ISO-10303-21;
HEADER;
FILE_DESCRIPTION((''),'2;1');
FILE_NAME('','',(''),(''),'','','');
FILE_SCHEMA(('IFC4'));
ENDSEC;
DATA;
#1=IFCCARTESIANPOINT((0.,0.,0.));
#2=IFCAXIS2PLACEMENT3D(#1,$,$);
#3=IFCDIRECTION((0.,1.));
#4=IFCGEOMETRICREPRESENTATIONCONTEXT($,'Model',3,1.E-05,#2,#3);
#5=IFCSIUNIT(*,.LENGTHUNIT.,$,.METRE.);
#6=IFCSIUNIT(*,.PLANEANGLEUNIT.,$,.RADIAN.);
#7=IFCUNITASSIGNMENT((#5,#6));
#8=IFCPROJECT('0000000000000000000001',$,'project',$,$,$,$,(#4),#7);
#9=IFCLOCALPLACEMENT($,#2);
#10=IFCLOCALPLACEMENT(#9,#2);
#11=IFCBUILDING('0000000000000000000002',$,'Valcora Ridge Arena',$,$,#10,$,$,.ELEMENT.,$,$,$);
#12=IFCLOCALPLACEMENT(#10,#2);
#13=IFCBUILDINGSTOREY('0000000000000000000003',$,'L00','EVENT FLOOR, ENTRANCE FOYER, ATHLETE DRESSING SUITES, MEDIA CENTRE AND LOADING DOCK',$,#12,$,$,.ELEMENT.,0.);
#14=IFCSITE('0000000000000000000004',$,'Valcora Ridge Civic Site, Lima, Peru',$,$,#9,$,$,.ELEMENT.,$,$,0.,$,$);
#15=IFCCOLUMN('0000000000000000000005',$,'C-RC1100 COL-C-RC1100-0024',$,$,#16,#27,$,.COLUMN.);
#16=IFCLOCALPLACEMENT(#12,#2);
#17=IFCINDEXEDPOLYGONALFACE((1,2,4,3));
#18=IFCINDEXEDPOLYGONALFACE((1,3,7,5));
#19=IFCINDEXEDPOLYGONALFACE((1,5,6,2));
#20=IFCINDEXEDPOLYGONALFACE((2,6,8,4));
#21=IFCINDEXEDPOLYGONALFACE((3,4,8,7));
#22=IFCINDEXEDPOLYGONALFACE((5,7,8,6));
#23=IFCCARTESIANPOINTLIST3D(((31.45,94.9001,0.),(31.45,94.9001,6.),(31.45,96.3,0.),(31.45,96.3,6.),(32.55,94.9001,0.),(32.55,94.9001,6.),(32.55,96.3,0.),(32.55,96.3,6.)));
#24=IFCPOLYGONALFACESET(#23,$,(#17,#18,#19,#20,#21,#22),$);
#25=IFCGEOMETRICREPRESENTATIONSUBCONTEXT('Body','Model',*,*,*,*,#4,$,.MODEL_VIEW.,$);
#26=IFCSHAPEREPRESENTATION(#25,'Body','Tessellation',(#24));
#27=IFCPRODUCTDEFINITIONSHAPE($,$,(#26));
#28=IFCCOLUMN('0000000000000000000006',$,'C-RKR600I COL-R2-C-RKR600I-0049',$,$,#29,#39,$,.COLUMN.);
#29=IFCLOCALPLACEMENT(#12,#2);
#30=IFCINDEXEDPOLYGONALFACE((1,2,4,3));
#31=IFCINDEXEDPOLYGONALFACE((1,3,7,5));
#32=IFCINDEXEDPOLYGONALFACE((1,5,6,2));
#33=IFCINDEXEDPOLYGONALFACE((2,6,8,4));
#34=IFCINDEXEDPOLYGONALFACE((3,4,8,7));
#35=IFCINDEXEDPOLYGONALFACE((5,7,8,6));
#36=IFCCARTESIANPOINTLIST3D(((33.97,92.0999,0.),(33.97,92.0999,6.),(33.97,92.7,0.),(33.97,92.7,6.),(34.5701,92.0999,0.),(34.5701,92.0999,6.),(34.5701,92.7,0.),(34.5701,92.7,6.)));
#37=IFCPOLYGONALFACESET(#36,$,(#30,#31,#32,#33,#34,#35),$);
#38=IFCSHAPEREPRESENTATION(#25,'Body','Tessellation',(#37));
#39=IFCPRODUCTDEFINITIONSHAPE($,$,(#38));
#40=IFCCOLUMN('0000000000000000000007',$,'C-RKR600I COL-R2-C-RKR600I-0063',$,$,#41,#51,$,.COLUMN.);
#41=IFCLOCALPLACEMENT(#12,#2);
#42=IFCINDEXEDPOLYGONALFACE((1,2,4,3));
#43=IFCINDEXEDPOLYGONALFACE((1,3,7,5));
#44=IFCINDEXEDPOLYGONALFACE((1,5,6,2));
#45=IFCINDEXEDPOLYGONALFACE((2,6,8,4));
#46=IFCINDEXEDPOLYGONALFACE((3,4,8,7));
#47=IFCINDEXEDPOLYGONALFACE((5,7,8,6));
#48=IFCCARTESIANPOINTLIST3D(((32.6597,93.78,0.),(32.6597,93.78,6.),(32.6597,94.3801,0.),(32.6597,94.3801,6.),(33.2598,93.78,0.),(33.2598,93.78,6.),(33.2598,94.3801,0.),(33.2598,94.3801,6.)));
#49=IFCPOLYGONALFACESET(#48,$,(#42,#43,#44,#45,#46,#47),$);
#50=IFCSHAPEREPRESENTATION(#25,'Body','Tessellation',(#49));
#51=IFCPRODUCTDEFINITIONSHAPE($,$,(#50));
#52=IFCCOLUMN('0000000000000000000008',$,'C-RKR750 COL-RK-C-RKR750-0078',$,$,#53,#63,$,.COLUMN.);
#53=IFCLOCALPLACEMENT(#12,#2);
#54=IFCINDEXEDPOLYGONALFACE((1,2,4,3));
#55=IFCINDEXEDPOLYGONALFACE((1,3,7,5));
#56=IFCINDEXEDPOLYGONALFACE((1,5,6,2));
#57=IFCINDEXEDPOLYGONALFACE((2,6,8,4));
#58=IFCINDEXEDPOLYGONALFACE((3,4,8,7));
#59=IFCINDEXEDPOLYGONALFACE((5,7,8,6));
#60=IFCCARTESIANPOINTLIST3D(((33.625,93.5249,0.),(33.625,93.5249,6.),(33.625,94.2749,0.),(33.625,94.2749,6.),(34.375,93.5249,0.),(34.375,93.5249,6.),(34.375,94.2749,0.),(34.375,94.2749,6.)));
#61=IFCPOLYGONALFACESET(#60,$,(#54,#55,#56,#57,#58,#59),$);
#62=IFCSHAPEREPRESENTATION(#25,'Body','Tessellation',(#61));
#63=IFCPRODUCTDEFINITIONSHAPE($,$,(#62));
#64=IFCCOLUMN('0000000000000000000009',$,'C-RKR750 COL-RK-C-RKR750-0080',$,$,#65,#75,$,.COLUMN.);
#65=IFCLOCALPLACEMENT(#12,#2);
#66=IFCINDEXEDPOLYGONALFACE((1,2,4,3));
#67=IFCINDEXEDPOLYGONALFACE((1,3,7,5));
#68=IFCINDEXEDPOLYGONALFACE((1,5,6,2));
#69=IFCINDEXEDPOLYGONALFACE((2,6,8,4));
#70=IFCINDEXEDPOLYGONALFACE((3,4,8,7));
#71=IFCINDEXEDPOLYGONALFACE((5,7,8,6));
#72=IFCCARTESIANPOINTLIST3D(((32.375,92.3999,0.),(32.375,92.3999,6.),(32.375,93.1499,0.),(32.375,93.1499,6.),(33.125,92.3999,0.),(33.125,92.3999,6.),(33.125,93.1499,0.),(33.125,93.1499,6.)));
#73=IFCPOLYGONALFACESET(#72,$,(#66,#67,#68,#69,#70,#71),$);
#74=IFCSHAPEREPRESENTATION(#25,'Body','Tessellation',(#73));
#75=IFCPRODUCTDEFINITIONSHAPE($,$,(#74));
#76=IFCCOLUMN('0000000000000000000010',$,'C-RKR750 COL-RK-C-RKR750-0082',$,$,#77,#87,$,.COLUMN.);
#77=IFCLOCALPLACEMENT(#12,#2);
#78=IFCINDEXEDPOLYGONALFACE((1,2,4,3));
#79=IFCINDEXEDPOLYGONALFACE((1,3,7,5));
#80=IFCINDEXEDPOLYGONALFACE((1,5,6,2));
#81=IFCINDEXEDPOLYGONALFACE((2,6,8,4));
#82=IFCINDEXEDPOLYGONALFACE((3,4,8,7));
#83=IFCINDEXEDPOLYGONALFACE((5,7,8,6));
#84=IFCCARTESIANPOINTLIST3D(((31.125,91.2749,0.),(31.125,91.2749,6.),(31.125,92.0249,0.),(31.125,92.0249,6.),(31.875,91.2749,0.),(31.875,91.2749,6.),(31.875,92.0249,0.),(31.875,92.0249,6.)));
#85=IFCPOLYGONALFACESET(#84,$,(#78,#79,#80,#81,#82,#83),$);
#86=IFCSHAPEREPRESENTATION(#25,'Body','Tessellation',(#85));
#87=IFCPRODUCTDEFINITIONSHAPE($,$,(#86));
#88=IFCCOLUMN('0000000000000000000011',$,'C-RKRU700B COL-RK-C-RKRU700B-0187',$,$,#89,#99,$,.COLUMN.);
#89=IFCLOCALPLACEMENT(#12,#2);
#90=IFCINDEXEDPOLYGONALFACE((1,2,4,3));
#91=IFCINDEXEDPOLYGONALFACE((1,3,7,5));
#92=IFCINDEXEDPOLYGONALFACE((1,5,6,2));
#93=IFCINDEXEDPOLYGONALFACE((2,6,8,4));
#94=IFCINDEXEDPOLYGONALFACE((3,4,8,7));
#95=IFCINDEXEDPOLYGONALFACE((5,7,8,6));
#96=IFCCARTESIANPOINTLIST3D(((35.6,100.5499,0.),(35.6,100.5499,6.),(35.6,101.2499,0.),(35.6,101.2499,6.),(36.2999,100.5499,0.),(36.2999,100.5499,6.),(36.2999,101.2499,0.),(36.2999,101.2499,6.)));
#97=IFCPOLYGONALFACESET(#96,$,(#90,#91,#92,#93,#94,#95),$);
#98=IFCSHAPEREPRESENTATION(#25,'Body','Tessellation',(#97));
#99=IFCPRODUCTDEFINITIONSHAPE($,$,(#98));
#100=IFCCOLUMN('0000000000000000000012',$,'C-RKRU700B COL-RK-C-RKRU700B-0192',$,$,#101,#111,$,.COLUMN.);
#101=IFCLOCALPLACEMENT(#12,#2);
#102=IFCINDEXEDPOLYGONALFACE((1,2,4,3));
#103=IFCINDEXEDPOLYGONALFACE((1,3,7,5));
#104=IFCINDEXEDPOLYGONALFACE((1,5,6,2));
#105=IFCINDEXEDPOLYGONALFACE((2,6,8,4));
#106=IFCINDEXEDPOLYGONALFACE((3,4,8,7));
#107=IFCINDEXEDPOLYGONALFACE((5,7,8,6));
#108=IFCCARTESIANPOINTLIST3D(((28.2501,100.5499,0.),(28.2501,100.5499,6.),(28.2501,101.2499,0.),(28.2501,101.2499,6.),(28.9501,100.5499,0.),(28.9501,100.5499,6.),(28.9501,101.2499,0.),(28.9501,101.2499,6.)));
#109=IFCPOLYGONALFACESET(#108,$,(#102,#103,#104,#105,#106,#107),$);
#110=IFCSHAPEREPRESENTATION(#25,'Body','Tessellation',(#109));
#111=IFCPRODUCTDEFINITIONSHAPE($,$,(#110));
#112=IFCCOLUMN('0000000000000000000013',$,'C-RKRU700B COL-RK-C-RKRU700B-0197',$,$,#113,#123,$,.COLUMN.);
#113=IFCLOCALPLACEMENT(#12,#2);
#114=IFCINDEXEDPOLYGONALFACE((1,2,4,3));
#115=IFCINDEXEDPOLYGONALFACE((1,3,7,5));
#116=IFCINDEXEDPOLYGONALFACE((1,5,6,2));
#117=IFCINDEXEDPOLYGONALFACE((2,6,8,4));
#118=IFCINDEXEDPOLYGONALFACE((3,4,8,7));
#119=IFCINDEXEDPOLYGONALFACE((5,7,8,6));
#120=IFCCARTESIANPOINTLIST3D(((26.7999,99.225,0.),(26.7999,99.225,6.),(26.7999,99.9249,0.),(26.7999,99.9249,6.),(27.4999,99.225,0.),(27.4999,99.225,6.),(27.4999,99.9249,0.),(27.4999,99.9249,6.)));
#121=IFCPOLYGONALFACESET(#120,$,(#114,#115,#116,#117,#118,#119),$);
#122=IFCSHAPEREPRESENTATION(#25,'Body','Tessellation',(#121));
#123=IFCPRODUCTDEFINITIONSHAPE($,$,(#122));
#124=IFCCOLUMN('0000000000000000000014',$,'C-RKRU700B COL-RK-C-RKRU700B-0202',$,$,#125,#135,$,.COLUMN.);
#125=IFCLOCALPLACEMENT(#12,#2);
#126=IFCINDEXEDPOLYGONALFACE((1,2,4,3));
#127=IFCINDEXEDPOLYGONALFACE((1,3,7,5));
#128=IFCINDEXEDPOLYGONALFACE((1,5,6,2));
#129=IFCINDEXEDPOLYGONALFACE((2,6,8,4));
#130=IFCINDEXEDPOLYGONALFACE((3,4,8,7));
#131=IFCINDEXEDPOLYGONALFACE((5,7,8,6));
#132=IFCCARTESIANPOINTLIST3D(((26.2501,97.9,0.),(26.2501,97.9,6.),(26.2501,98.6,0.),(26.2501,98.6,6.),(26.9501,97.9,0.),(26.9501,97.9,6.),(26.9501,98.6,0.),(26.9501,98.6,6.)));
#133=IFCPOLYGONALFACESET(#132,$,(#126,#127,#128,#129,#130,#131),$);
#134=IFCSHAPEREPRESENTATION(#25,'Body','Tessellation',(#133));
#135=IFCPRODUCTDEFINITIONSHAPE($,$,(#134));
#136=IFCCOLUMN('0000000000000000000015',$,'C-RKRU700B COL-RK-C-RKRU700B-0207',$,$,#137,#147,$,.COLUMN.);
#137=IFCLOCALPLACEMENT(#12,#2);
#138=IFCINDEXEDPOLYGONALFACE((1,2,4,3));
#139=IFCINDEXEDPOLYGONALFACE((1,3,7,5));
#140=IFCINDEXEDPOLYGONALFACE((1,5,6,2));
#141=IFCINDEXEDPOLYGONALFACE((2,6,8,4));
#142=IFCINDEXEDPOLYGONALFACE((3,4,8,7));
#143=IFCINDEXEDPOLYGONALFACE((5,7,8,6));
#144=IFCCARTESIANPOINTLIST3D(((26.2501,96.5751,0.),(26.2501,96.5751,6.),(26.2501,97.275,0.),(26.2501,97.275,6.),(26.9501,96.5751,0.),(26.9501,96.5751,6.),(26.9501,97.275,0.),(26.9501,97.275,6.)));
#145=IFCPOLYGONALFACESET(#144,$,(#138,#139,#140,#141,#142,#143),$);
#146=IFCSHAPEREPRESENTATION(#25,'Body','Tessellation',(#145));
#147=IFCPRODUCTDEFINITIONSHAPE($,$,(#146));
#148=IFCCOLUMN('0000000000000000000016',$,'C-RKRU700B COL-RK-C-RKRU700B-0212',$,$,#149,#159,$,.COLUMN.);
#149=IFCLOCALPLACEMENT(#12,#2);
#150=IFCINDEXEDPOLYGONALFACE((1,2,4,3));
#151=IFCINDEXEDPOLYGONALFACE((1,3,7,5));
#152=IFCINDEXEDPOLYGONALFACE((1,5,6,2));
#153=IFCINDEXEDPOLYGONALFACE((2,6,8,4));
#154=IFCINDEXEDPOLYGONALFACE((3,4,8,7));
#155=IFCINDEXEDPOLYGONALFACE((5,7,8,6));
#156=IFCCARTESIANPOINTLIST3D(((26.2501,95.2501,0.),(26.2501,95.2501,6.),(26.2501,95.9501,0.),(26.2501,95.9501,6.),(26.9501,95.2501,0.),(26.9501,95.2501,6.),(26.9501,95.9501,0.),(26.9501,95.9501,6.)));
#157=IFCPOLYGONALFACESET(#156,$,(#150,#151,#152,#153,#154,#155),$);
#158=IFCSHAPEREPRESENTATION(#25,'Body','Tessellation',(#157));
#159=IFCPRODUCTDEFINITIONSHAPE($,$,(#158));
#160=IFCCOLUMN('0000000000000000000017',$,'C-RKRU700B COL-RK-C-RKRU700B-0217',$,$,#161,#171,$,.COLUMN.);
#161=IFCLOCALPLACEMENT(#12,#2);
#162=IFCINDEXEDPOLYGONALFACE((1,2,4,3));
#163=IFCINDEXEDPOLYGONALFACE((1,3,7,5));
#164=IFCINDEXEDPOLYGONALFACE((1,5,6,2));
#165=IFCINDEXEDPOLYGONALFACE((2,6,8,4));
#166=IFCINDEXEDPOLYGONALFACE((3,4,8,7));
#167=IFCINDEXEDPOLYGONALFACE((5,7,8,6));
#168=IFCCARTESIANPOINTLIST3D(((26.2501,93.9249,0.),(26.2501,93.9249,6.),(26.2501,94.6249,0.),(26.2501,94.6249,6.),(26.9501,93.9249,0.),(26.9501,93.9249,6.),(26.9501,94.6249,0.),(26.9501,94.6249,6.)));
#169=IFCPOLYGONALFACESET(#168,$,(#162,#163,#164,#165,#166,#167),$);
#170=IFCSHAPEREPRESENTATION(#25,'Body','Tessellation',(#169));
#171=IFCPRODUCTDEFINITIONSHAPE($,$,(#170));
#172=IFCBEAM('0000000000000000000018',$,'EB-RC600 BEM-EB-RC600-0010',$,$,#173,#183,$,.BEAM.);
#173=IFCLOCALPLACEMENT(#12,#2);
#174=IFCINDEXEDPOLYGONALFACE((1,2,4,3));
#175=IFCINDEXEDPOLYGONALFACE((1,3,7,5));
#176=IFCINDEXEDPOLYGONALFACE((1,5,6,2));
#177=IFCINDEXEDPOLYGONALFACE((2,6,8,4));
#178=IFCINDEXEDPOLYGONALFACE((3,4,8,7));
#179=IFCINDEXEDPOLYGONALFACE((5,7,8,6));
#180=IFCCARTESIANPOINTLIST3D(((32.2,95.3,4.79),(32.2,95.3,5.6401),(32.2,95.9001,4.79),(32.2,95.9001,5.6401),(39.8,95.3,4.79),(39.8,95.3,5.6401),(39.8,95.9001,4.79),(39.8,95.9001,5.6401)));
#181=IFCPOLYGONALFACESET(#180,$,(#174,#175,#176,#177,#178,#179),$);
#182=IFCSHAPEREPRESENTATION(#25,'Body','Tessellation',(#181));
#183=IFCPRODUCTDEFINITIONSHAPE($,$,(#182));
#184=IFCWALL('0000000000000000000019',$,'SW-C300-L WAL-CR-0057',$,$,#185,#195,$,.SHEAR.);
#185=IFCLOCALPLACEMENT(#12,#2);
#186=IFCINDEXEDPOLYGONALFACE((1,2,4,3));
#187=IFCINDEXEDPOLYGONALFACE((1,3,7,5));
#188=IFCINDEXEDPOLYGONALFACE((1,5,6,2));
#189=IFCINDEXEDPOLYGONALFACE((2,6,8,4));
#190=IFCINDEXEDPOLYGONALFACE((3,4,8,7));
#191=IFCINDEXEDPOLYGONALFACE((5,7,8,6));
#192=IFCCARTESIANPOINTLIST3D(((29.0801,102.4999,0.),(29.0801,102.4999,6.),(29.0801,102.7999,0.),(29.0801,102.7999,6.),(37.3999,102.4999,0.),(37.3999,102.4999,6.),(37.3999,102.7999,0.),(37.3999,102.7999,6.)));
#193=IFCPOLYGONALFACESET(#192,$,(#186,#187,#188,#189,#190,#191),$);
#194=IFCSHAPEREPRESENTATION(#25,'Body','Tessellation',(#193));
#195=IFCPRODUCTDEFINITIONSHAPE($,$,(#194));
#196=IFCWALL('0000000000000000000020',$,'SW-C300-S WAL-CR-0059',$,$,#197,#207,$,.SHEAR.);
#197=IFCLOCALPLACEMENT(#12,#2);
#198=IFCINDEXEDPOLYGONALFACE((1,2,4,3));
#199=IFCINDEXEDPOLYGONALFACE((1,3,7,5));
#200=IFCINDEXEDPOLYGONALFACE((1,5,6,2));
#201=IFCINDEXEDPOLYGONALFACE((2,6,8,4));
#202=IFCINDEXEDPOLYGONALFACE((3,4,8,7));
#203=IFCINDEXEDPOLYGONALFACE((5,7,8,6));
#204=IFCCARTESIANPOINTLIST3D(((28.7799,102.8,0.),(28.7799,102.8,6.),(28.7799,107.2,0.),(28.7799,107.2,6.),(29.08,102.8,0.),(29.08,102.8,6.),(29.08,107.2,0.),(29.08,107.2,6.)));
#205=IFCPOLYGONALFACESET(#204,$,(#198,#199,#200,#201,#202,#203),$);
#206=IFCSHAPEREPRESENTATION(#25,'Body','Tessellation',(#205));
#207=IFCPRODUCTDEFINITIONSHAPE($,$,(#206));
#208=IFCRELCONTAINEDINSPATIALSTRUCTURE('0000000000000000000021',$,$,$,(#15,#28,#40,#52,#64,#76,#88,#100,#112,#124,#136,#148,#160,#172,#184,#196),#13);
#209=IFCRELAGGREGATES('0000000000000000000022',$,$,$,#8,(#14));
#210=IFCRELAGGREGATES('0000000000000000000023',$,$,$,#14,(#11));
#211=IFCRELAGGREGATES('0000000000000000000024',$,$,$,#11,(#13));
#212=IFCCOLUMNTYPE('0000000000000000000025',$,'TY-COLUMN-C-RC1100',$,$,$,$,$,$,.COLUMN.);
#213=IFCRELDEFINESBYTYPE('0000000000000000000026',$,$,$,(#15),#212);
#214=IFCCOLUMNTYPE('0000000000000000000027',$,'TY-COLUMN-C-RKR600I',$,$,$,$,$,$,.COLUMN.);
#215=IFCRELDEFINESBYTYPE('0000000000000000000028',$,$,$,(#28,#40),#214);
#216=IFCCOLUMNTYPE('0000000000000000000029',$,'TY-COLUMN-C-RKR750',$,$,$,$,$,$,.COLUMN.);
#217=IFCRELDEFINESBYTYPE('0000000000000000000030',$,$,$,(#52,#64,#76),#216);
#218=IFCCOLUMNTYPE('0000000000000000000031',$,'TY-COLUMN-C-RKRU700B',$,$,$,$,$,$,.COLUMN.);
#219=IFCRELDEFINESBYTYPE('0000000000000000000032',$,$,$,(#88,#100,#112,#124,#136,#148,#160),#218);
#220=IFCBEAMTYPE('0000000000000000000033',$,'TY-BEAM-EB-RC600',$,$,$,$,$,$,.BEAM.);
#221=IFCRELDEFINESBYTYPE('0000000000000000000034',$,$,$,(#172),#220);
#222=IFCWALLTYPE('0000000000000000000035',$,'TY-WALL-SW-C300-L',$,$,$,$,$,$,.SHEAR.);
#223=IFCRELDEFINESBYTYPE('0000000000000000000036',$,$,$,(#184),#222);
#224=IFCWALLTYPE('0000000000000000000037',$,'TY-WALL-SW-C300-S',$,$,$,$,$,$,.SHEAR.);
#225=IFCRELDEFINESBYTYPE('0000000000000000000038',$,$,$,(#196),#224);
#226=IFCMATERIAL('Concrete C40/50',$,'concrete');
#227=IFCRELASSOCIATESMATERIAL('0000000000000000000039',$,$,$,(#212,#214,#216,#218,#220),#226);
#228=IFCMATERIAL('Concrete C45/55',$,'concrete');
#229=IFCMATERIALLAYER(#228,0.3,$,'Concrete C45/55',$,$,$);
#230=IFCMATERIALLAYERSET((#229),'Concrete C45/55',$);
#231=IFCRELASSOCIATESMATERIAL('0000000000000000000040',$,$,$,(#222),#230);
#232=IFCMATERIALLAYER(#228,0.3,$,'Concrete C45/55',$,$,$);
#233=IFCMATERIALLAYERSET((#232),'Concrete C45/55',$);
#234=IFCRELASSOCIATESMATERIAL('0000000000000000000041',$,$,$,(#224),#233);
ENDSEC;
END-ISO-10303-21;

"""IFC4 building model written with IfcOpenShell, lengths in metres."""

from ifc_helpers import new_model, si_unit, direction, frame, frame_2d, origin, origin_2d, place, context, subcontext, project, spatial, rectangle, extrude, material, layer, layer_set, material_profile, profile_set, type_object, element, save


model = new_model("IFC4")

# Units and contexts
model_context = context("Model", 3, precision=1e-05, world=origin(), true_north=direction((0.0, 1.0)))
body_context = subcontext(model_context, "Body", "Model", "MODEL_VIEW")
ifc_project = project(units=[si_unit("LENGTHUNIT", "METRE"), si_unit("PLANEANGLEUNIT", "RADIAN")], contexts=[model_context])

# Site, building, storey
site_placement = place(None, origin())
site = spatial("IfcSite", under=ifc_project, at=site_placement, Name="Valcora Ridge Civic Site, Lima, Peru", CompositionType="ELEMENT", RefElevation=0.0)
building_placement = place(site_placement, origin())
building = spatial("IfcBuilding", under=site, at=building_placement, Name="Valcora Ridge Arena", CompositionType="ELEMENT")
storey_placement = place(building_placement, origin())
storey = spatial("IfcBuildingStorey", under=building, at=storey_placement, Name="L00", Description="EVENT FLOOR, ENTRANCE FOYER, ATHLETE DRESSING SUITES, MEDIA CENTRE AND LOADING DOCK", CompositionType="ELEMENT", Elevation=0.0)

# Columns
ifc_material_1 = material(Name="Concrete C40/50", Category="concrete")
ifc_material_profile_1 = material_profile(ifc_material_1, rectangle(XDim=1.1001, YDim=1.3999, at=origin_2d()), Name="RC 1100x1400")
ifc_profile_set_1 = profile_set([ifc_material_profile_1], Name="Concrete C40/50")
column_type_1 = type_object("IfcColumnType", Name="TY-COLUMN-C-RC1100", PredefinedType="COLUMN", material=ifc_profile_set_1)
column_placement = place(storey_placement, frame((32.0, 95.6001, 0.0), z_axis=(0.0, 0.0, 1.0), x_axis=(1.0, 0.0, 0.0)))
element("IfcColumn", 1, at=column_placement, inside=storey, type_object=column_type_1, Name="C-RC1100 COL-C-RC1100-0024", PredefinedType="COLUMN", context=body_context, shape_type="SweptSolid", body=[
    extrude(rectangle(XDim=1.1001, YDim=1.3999, at=origin_2d()), origin(), (0.0, 0.0, 1.0), 6.0),
])
ifc_material_profile_2 = material_profile(ifc_material_1, rectangle(XDim=0.6001, YDim=0.6001, at=origin_2d()), Name="RC 600x600")
ifc_profile_set_2 = profile_set([ifc_material_profile_2], Name="Concrete C40/50")
column_type_2 = type_object("IfcColumnType", Name="TY-COLUMN-C-RKR600I", PredefinedType="COLUMN", material=ifc_profile_set_2)
for number, where, z_axis, x_axis, name in (
    (2, (34.27, 92.3999, 0.0), (0.0, 0.0, 1.0), (1.0, 0.0, 0.0), "C-RKR600I COL-R2-C-RKR600I-0049"),
    (3, (32.9597, 94.0801, 0.0), (0.0, 0.0, 1.0), (1.0, 0.0, 0.0), "C-RKR600I COL-R2-C-RKR600I-0063"),
):
    element("IfcColumn", number, at=place(storey_placement, frame(where, z_axis=z_axis, x_axis=x_axis)), inside=storey, type_object=column_type_2, Name=name, PredefinedType="COLUMN", context=body_context, shape_type="SweptSolid", body=[
        extrude(rectangle(XDim=0.6001, YDim=0.6001, at=origin_2d()), origin(), (0.0, 0.0, 1.0), 6.0),
    ])
ifc_material_profile_3 = material_profile(ifc_material_1, rectangle(XDim=0.75, YDim=0.75, at=origin_2d()), Name="RC 750x750")
ifc_profile_set_3 = profile_set([ifc_material_profile_3], Name="Concrete C40/50")
column_type_3 = type_object("IfcColumnType", Name="TY-COLUMN-C-RKR750", PredefinedType="COLUMN", material=ifc_profile_set_3)
for number, where, z_axis, x_axis, name in (
    (4, (34.0, 93.8999, 0.0), (0.0, 0.0, 1.0), (1.0, 0.0, 0.0), "C-RKR750 COL-RK-C-RKR750-0078"),
    (5, (32.75, 92.7749, 0.0), (0.0, 0.0, 1.0), (1.0, 0.0, 0.0), "C-RKR750 COL-RK-C-RKR750-0080"),
    (6, (31.5, 91.6499, 0.0), (0.0, 0.0, 1.0), (1.0, 0.0, 0.0), "C-RKR750 COL-RK-C-RKR750-0082"),
):
    element("IfcColumn", number, at=place(storey_placement, frame(where, z_axis=z_axis, x_axis=x_axis)), inside=storey, type_object=column_type_3, Name=name, PredefinedType="COLUMN", context=body_context, shape_type="SweptSolid", body=[
        extrude(rectangle(XDim=0.75, YDim=0.75, at=origin_2d()), origin(), (0.0, 0.0, 1.0), 6.0),
    ])
ifc_material_profile_4 = material_profile(ifc_material_1, rectangle(XDim=0.7, YDim=0.7, at=origin_2d()), Name="RC 700x700")
ifc_profile_set_4 = profile_set([ifc_material_profile_4], Name="Concrete C40/50")
column_type_4 = type_object("IfcColumnType", Name="TY-COLUMN-C-RKRU700B", PredefinedType="COLUMN", material=ifc_profile_set_4)
for number, where, z_axis, x_axis, name in (
    (7, (35.95, 100.8999, 0.0), (0.0, 0.0, 1.0), (1.0, 0.0, 0.0), "C-RKRU700B COL-RK-C-RKRU700B-0187"),
    (8, (28.6001, 100.8999, 0.0), (0.0, 0.0, 1.0), (1.0, 0.0, 0.0), "C-RKRU700B COL-RK-C-RKRU700B-0192"),
    (9, (27.1499, 99.575, 0.0), (0.0, 0.0, 1.0), (1.0, 0.0, 0.0), "C-RKRU700B COL-RK-C-RKRU700B-0197"),
    (10, (26.6001, 98.25, 0.0), (0.0, 0.0, 1.0), (1.0, 0.0, 0.0), "C-RKRU700B COL-RK-C-RKRU700B-0202"),
    (11, (26.6001, 96.925, 0.0), (0.0, 0.0, 1.0), (1.0, 0.0, 0.0), "C-RKRU700B COL-RK-C-RKRU700B-0207"),
    (12, (26.6001, 95.6001, 0.0), (0.0, 0.0, 1.0), (1.0, 0.0, 0.0), "C-RKRU700B COL-RK-C-RKRU700B-0212"),
    (13, (26.6001, 94.2749, 0.0), (0.0, 0.0, 1.0), (1.0, 0.0, 0.0), "C-RKRU700B COL-RK-C-RKRU700B-0217"),
):
    element("IfcColumn", number, at=place(storey_placement, frame(where, z_axis=z_axis, x_axis=x_axis)), inside=storey, type_object=column_type_4, Name=name, PredefinedType="COLUMN", context=body_context, shape_type="SweptSolid", body=[
        extrude(rectangle(XDim=0.7, YDim=0.7, at=origin_2d()), origin(), (0.0, 0.0, 1.0), 6.0),
    ])

# Beam
ifc_material_profile_5 = material_profile(ifc_material_1, rectangle(XDim=0.6001, YDim=0.8501, at=origin_2d()), Name="RC 600x850")
ifc_profile_set_5 = profile_set([ifc_material_profile_5], Name="Concrete C40/50")
beam_type = type_object("IfcBeamType", Name="TY-BEAM-EB-RC600", PredefinedType="BEAM", material=ifc_profile_set_5)
beam_placement = place(storey_placement, frame((32.2, 95.6001, 5.2151), z_axis=(1.0, 0.0, 0.0), x_axis=(0.0, 1.0, 0.0)))
element("IfcBeam", 14, at=beam_placement, inside=storey, type_object=beam_type, Name="EB-RC600 BEM-EB-RC600-0010", PredefinedType="BEAM", context=body_context, shape_type="SweptSolid", body=[
    extrude(rectangle(XDim=0.6001, YDim=0.8501, at=origin_2d()), origin(), (0.0, 0.0, 1.0), 7.6001),
])

# Walls
ifc_material_2 = material(Name="Concrete C45/55", Category="concrete")
ifc_layer_1 = layer(ifc_material_2, 0.3, Name="Concrete C45/55")
ifc_layer_set_1 = layer_set([ifc_layer_1], Name="Concrete C45/55")
wall_type_1 = type_object("IfcWallType", Name="TY-WALL-SW-C300-L", PredefinedType="SHEAR", material=ifc_layer_set_1)
wall_1_placement = place(storey_placement, frame((29.0801, 102.6499, 0.0), z_axis=(0.0, 0.0, 1.0), x_axis=(1.0, 0.0, 0.0)))
element("IfcWall", 15, at=wall_1_placement, inside=storey, type_object=wall_type_1, Name="SW-C300-L WAL-CR-0057", PredefinedType="SHEAR", context=body_context, shape_type="SweptSolid", body=[
    extrude(rectangle(XDim=8.3198, YDim=0.3, at=frame_2d((4.1599, 0.0))), origin(), (0.0, 0.0, 1.0), 6.0),
])
ifc_layer_2 = layer(ifc_material_2, 0.3, Name="Concrete C45/55")
ifc_layer_set_2 = layer_set([ifc_layer_2], Name="Concrete C45/55")
wall_type_2 = type_object("IfcWallType", Name="TY-WALL-SW-C300-S", PredefinedType="SHEAR", material=ifc_layer_set_2)
wall_2_placement = place(storey_placement, frame((28.9299, 102.8, 0.0), z_axis=(0.0, 0.0, 1.0), x_axis=(0.0, 1.0, 0.0)))
element("IfcWall", 16, at=wall_2_placement, inside=storey, type_object=wall_type_2, Name="SW-C300-S WAL-CR-0059", PredefinedType="SHEAR", context=body_context, shape_type="SweptSolid", body=[
    extrude(rectangle(XDim=4.3999, YDim=0.3, at=frame_2d((2.2, 0.0))), origin(), (0.0, 0.0, 1.0), 6.0),
])

save(model, "model.ifc")
